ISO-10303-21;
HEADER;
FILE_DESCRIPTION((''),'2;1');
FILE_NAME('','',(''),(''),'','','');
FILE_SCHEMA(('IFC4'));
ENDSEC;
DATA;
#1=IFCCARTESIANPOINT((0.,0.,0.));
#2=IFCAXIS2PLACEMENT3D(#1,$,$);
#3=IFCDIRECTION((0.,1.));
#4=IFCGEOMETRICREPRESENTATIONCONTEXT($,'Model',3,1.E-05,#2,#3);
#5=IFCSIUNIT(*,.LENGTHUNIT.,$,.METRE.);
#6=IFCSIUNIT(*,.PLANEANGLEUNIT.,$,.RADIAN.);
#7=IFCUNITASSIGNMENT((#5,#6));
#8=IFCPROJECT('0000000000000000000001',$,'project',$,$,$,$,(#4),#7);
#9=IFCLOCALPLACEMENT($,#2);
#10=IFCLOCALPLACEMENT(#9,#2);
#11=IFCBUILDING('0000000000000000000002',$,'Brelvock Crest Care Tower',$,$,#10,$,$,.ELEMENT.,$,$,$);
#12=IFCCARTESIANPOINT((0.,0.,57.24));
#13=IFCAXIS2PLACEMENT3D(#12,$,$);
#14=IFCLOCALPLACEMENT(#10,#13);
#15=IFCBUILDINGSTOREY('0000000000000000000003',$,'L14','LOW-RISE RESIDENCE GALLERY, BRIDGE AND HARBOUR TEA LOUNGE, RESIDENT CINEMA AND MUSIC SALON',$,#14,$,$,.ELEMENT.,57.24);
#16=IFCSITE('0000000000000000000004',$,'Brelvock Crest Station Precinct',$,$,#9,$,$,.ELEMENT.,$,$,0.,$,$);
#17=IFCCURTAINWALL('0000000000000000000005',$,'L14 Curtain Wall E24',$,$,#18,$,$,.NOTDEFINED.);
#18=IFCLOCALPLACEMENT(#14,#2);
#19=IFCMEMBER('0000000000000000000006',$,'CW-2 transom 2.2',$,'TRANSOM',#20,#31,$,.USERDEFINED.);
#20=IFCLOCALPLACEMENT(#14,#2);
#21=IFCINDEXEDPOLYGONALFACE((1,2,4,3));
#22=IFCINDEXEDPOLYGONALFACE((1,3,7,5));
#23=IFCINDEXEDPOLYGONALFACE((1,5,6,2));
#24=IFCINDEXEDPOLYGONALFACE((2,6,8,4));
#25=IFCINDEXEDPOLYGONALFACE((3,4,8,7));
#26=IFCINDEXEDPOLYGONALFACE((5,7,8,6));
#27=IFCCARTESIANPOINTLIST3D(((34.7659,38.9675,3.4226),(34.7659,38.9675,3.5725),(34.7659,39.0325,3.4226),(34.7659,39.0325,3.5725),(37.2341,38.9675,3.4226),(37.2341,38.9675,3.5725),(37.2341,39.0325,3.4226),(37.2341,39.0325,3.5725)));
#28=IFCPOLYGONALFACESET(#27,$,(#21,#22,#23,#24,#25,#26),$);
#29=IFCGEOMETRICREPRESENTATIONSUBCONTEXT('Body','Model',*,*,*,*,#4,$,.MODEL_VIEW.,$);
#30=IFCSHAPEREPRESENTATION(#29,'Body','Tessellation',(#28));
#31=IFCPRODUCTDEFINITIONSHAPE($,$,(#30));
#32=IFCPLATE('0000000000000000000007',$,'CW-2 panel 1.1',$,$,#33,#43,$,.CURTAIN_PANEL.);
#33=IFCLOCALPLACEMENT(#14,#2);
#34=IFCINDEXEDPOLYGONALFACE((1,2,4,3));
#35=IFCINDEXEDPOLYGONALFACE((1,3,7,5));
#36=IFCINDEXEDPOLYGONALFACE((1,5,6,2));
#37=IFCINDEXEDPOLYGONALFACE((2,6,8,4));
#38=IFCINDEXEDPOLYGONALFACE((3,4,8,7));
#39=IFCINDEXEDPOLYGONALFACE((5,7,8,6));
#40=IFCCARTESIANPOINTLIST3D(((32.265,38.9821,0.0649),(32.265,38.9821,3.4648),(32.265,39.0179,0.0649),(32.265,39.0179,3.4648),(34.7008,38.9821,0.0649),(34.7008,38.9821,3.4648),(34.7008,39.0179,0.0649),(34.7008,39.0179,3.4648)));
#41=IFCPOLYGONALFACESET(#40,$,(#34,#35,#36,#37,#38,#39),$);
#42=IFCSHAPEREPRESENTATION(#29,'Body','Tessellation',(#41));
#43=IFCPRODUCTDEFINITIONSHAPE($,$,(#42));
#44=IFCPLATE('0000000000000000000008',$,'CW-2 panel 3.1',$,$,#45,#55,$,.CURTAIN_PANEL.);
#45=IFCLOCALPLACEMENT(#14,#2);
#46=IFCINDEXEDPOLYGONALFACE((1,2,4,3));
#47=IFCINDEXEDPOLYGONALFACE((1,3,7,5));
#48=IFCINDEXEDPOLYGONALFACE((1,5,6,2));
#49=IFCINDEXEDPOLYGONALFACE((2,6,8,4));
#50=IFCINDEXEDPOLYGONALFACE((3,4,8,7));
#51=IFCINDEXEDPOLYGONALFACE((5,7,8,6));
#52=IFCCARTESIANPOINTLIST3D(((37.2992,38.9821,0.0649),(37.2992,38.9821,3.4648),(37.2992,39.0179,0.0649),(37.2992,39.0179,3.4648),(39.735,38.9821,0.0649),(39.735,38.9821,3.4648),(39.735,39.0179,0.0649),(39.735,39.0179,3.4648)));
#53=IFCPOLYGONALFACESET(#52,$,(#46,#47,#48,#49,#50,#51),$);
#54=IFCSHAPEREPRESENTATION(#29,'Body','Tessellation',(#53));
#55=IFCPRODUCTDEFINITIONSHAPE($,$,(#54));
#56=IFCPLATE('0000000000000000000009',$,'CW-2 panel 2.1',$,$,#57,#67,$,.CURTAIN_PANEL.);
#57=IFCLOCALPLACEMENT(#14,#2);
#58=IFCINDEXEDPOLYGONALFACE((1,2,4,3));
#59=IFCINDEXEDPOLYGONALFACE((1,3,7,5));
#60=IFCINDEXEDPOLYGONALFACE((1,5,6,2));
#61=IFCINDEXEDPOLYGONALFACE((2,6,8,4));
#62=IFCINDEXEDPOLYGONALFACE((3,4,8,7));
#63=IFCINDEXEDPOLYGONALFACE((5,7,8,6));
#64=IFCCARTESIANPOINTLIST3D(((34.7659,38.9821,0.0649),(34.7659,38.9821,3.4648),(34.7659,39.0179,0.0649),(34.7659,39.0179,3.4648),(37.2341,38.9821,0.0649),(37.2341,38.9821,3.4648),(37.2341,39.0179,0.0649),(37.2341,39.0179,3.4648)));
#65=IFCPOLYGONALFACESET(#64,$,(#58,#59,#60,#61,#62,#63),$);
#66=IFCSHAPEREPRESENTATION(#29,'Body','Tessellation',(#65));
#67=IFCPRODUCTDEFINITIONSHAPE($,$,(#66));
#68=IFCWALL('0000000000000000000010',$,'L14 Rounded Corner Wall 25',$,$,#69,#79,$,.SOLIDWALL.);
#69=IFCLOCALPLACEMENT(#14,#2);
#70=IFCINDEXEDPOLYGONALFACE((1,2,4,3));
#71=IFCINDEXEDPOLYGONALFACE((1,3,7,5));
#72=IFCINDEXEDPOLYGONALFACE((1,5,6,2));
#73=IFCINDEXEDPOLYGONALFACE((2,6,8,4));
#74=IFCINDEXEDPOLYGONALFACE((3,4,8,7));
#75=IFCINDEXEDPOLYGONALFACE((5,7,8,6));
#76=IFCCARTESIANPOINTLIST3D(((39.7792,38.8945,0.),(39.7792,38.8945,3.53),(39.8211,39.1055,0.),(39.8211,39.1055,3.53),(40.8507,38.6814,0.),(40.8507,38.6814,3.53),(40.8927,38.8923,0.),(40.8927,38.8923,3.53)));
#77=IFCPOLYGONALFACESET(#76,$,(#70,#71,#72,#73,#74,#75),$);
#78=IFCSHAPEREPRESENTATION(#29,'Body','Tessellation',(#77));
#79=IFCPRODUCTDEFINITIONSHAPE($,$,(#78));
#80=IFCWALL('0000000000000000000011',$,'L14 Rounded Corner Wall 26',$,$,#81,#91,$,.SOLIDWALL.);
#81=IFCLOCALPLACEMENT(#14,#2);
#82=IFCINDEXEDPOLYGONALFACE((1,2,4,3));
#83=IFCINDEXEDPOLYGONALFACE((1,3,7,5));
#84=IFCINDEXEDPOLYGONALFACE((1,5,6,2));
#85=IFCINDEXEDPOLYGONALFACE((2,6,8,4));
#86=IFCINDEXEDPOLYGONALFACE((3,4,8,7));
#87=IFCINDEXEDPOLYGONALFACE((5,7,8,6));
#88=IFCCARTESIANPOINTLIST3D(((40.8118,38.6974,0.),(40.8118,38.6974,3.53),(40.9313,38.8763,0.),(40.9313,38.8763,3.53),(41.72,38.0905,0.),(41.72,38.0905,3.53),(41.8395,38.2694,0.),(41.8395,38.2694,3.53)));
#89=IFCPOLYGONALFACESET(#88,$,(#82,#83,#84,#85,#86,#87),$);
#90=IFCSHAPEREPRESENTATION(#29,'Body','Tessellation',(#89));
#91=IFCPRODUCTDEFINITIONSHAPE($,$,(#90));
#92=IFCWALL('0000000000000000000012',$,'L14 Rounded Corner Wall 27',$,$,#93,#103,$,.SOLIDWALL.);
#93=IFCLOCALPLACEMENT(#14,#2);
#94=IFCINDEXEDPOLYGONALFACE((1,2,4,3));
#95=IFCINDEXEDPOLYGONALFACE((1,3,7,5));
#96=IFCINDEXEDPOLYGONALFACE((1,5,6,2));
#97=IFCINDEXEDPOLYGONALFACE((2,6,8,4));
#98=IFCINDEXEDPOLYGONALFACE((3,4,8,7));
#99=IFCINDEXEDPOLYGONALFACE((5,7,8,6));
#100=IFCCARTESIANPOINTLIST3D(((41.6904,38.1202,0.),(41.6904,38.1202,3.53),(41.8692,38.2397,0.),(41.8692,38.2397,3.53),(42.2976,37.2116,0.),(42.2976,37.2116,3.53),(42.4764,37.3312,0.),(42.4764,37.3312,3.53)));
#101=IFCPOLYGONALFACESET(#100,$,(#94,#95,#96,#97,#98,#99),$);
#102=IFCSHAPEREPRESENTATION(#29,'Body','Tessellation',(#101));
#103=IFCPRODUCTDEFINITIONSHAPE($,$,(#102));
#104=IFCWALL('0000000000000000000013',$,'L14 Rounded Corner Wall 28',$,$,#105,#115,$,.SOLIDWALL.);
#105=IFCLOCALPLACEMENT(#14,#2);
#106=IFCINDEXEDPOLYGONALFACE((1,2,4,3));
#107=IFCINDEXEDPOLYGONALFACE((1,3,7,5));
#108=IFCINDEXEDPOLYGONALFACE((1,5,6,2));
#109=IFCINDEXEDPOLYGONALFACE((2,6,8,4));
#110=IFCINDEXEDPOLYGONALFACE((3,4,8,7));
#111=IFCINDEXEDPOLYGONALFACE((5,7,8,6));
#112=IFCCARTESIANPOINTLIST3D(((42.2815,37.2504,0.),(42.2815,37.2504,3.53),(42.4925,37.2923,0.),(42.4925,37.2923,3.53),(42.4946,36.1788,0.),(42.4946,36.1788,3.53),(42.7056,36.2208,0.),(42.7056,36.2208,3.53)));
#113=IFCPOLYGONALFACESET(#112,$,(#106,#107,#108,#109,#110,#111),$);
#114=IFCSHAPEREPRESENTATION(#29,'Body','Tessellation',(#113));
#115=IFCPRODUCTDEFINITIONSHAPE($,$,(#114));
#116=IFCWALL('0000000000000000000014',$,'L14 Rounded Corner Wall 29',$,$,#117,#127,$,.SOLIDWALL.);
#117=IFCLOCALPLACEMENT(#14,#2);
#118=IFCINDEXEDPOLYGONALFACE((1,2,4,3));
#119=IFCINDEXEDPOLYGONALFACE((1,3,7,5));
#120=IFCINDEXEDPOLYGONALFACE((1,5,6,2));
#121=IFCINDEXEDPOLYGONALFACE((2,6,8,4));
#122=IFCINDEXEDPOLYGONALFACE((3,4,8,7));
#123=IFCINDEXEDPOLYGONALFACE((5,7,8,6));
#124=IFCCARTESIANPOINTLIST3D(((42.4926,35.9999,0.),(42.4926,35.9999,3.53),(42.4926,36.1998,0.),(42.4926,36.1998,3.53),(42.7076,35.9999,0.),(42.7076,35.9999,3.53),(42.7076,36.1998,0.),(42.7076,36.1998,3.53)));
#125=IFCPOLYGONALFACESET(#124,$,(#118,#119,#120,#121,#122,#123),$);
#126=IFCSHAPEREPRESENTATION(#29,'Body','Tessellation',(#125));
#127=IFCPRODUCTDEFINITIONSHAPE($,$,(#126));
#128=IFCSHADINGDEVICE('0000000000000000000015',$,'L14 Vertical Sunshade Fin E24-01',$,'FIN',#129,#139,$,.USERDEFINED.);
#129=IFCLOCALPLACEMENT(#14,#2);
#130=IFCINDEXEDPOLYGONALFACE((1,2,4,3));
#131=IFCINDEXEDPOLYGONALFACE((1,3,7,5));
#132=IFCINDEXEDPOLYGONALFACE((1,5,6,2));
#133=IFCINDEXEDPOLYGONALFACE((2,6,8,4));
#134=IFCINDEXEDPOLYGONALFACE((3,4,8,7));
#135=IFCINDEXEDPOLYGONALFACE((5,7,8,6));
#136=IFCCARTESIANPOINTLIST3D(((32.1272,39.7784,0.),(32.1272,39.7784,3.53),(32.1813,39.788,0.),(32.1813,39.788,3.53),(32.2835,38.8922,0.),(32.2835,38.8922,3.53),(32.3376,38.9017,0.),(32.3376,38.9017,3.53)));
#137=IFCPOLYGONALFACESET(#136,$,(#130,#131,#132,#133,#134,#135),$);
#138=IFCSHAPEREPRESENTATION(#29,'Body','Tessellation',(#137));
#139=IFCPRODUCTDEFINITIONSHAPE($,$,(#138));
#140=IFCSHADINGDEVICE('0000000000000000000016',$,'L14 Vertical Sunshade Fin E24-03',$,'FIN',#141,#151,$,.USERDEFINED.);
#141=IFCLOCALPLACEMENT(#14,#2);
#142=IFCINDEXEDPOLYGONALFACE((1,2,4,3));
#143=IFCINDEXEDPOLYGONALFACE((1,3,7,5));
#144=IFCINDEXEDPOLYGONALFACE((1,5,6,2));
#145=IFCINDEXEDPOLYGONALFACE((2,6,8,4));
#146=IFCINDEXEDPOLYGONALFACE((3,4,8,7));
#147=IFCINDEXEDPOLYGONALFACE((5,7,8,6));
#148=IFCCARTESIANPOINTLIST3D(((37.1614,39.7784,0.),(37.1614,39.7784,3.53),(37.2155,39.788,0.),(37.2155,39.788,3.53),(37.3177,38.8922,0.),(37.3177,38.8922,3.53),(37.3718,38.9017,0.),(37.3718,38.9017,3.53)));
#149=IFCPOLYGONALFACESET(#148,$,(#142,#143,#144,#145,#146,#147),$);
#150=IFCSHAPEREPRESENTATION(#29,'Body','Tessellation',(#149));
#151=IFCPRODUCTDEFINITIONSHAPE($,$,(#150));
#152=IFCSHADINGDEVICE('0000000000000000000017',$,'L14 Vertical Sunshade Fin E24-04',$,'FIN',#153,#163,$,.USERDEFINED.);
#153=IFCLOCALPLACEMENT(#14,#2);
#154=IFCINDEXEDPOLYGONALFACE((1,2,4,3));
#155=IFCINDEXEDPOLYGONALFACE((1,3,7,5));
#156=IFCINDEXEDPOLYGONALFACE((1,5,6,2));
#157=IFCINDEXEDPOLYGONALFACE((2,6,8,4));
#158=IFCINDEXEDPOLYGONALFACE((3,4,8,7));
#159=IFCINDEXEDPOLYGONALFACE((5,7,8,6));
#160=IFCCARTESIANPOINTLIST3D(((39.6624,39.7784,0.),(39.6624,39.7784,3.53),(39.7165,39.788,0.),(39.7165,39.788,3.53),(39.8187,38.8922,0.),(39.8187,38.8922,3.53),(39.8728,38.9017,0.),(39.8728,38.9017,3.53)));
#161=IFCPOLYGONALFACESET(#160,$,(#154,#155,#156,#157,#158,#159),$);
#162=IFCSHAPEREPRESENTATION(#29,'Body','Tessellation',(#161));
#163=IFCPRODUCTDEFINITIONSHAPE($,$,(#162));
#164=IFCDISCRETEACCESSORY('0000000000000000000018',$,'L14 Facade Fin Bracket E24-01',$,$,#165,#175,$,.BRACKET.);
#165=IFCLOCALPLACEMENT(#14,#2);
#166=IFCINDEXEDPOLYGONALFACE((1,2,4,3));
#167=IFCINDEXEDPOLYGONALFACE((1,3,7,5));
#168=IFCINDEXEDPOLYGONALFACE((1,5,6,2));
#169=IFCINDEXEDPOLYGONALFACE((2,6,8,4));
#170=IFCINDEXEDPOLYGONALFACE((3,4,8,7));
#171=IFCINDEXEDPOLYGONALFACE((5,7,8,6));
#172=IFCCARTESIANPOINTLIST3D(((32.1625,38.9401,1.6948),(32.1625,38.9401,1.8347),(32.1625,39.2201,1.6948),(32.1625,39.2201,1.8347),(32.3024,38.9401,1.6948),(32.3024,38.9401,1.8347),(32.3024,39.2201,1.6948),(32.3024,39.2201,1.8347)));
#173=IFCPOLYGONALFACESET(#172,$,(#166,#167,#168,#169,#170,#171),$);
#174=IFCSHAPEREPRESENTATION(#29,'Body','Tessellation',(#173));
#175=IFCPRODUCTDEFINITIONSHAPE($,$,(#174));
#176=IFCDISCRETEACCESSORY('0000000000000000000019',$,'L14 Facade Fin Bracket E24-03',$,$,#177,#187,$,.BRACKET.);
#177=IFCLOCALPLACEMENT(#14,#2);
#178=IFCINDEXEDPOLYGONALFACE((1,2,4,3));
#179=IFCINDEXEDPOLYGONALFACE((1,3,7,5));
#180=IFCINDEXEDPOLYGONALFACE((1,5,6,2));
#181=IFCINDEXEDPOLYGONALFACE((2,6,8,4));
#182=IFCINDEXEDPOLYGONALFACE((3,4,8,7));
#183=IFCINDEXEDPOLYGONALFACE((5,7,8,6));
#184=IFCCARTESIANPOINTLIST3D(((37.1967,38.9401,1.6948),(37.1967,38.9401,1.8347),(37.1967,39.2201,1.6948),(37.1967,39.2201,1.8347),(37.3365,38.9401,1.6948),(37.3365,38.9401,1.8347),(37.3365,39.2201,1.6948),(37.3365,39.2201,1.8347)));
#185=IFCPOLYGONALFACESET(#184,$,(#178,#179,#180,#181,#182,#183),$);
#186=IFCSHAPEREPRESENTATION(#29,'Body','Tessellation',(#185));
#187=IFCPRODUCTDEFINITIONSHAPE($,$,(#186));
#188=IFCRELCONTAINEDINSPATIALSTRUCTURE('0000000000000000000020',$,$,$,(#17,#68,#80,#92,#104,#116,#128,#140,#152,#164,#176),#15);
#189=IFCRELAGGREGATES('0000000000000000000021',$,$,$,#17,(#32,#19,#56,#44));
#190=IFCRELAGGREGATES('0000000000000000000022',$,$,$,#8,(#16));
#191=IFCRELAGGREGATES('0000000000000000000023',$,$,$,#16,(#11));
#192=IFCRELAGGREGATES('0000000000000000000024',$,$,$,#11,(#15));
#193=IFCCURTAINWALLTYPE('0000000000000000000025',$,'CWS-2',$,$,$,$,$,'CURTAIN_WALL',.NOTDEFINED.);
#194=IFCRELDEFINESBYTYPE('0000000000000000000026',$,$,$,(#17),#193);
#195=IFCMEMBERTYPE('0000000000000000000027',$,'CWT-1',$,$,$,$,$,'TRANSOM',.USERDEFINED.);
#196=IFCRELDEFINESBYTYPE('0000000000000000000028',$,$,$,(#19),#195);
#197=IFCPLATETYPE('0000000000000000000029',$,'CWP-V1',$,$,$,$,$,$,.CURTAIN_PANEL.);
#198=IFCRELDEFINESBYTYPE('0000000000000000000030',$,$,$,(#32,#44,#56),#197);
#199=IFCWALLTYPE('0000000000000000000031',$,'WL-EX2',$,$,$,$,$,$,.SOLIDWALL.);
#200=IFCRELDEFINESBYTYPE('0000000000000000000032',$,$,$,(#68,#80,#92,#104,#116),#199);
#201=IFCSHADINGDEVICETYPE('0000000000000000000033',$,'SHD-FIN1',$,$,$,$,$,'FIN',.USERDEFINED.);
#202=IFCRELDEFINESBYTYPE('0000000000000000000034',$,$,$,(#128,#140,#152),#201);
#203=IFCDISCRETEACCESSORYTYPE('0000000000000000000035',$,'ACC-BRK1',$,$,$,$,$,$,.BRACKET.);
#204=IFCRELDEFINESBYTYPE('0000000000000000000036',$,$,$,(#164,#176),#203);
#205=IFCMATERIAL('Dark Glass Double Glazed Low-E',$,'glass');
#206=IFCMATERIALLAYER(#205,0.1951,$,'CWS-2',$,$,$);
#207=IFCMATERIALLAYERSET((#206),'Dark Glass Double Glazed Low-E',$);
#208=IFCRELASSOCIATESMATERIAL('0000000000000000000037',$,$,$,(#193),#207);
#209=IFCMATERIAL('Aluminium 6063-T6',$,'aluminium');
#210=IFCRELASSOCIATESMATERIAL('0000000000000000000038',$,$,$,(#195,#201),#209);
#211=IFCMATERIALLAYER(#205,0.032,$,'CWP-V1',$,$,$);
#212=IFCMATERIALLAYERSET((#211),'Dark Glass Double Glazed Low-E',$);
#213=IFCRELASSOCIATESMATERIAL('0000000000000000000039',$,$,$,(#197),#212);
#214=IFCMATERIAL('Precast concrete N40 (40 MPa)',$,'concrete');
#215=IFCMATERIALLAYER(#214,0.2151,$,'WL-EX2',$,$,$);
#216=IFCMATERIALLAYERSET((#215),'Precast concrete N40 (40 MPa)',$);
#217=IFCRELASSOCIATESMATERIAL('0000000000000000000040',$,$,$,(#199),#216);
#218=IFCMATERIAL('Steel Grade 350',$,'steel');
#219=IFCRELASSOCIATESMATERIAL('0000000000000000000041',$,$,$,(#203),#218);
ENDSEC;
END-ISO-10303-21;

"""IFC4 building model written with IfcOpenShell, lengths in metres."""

from ifc_helpers import new_model, si_unit, direction, frame, frame_2d, origin, origin_2d, place, context, subcontext, project, spatial, rectangle, extrude, source, transform, mapped, material, layer, layer_set, material_profile, profile_set, type_object, element, aggregate, save


model = new_model("IFC4")

# Units and contexts
model_context = context("Model", 3, precision=1e-05, world=origin(), true_north=direction((0.0, 1.0)))
body_context = subcontext(model_context, "Body", "Model", "MODEL_VIEW")
ifc_project = project(units=[si_unit("LENGTHUNIT", "METRE"), si_unit("PLANEANGLEUNIT", "RADIAN")], contexts=[model_context])

# Site, building, storey
site_placement = place(None, origin())
site = spatial("IfcSite", under=ifc_project, at=site_placement, Name="Brelvock Crest Station Precinct", CompositionType="ELEMENT", RefElevation=0.0)
building_placement = place(site_placement, origin())
building = spatial("IfcBuilding", under=site, at=building_placement, Name="Brelvock Crest Care Tower", CompositionType="ELEMENT")
storey_placement = place(building_placement, frame((0.0, 0.0, 57.24)))
storey = spatial("IfcBuildingStorey", under=building, at=storey_placement, Name="L14", Description="LOW-RISE RESIDENCE GALLERY, BRIDGE AND HARBOUR TEA LOUNGE, RESIDENT CINEMA AND MUSIC SALON", CompositionType="ELEMENT", Elevation=57.24)

# Shared definitions
ifc_material_1 = material(Name="Steel Grade 350", Category="steel")

# Curtain wall
ifc_material_2 = material(Name="Dark Glass Double Glazed Low-E", Category="glass")
ifc_layer_1 = layer(ifc_material_2, 0.1951, Name="CWS-2")
ifc_layer_set_1 = layer_set([ifc_layer_1], Name="Dark Glass Double Glazed Low-E")
curtain_wall_type = type_object("IfcCurtainWallType", Name="CWS-2", ElementType="CURTAIN_WALL", PredefinedType="NOTDEFINED", material=ifc_layer_set_1)
curtain_wall_1_placement = place(storey_placement, origin())
curtain_wall_1 = element("IfcCurtainWall", 1, at=curtain_wall_1_placement, inside=storey, type_object=curtain_wall_type, Name="L14 Curtain Wall E24", PredefinedType="NOTDEFINED")
ifc_material_3 = material(Name="Aluminium 6063-T6", Category="aluminium")

# Member
ifc_material_profile_1 = material_profile(ifc_material_3, rectangle(XDim=0.0649, YDim=0.1499, at=origin_2d()), Name="ALU65x150")
ifc_profile_set_1 = profile_set([ifc_material_profile_1], Name="Aluminium 6063-T6")
member_type_1 = type_object("IfcMemberType", Name="CWT-1", ElementType="TRANSOM", PredefinedType="USERDEFINED", material=ifc_profile_set_1)
shared_shape_1 = source(origin(), body_context, "Body", "SweptSolid", [
    extrude(rectangle(XDim=0.0649, YDim=0.1499, at=origin_2d()), origin(), (0.0, 0.0, 1.0), 2.4683),
])
member_1_placement = place(storey_placement, frame((34.7659, 39.0, 3.4976), z_axis=(1.0, 0.0, 0.0), x_axis=(0.0, 1.0, 0.0)))
member_1 = element("IfcMember", 2, at=member_1_placement, type_object=member_type_1, Name="CW-2 transom 2.2", ObjectType="TRANSOM", PredefinedType="USERDEFINED", context=body_context, shape_type="MappedRepresentation", body=[
    mapped(shared_shape_1, transform((0.0, 0.0, 0.0), x_axis=(1.0, 0.0, 0.0), y_axis=(0.0, 1.0, 0.0), z_axis=(0.0, 0.0, 1.0), scale=1.0)),
])

# Plates
ifc_layer_2 = layer(ifc_material_2, 0.032, Name="CWP-V1")
ifc_layer_set_2 = layer_set([ifc_layer_2], Name="Dark Glass Double Glazed Low-E")
plate_type = type_object("IfcPlateType", Name="CWP-V1", PredefinedType="CURTAIN_PANEL", material=ifc_layer_set_2)
shared_shape_2 = source(origin(), body_context, "Body", "SweptSolid", [
    extrude(rectangle(XDim=2.4358, YDim=0.0359, at=origin_2d()), origin(), (0.0, 0.0, 1.0), 3.3999),
])
plate_1_placement = place(storey_placement, frame((33.4829, 39.0, 0.0649), z_axis=(0.0, 0.0, 1.0), x_axis=(1.0, 0.0, 0.0)))
plate_1 = element("IfcPlate", 3, at=plate_1_placement, type_object=plate_type, Name="CW-2 panel 1.1", PredefinedType="CURTAIN_PANEL", context=body_context, shape_type="MappedRepresentation", body=[
    mapped(shared_shape_2, transform((0.0, 0.0, 0.0), x_axis=(1.0, 0.0, 0.0), y_axis=(0.0, 1.0, 0.0), z_axis=(0.0, 0.0, 1.0), scale=1.0)),
])
plate_2_placement = place(storey_placement, frame((38.5171, 39.0, 0.0649), z_axis=(0.0, 0.0, 1.0), x_axis=(1.0, 0.0, 0.0)))
plate_2 = element("IfcPlate", 4, at=plate_2_placement, type_object=plate_type, Name="CW-2 panel 3.1", PredefinedType="CURTAIN_PANEL", context=body_context, shape_type="MappedRepresentation", body=[
    mapped(shared_shape_2, transform((0.0, 0.0, 0.0), x_axis=(1.0, 0.0, 0.0), y_axis=(0.0, 1.0, 0.0), z_axis=(0.0, 0.0, 1.0), scale=1.0)),
])
shared_shape_3 = source(origin(), body_context, "Body", "SweptSolid", [
    extrude(rectangle(XDim=2.4683, YDim=0.0359, at=origin_2d()), origin(), (0.0, 0.0, 1.0), 3.3999),
])
plate_3_placement = place(storey_placement, frame((36.0, 39.0, 0.0649), z_axis=(0.0, 0.0, 1.0), x_axis=(1.0, 0.0, 0.0)))
plate_3 = element("IfcPlate", 5, at=plate_3_placement, type_object=plate_type, Name="CW-2 panel 2.1", PredefinedType="CURTAIN_PANEL", context=body_context, shape_type="MappedRepresentation", body=[
    mapped(shared_shape_3, transform((0.0, 0.0, 0.0), x_axis=(1.0, 0.0, 0.0), y_axis=(0.0, 1.0, 0.0), z_axis=(0.0, 0.0, 1.0), scale=1.0)),
])
aggregate(curtain_wall_1, [plate_1, member_1, plate_3, plate_2])

# Walls
ifc_material_4 = material(Name="Precast concrete N40 (40 MPa)", Category="concrete")
ifc_layer_3 = layer(ifc_material_4, 0.2151, Name="WL-EX2")
ifc_layer_set_3 = layer_set([ifc_layer_3], Name="Precast concrete N40 (40 MPa)")
wall_type = type_object("IfcWallType", Name="WL-EX2", PredefinedType="SOLIDWALL", material=ifc_layer_set_3)
wall_1_placement = place(storey_placement, frame((39.8, 39.0, 0.0), z_axis=(0.0, 0.0, 1.0), x_axis=(0.980786, -0.195085, 0.0)))
element("IfcWall", 6, at=wall_1_placement, inside=storey, type_object=wall_type, Name="L14 Rounded Corner Wall 25", PredefinedType="SOLIDWALL", context=body_context, shape_type="SweptSolid", body=[
    extrude(rectangle(XDim=1.0925, YDim=0.2151, at=frame_2d((0.5464, 0.0))), origin(), (0.0, 0.0, 1.0), 3.53),
])
wall_2_placement = place(storey_placement, frame((40.8716, 38.7869, 0.0), z_axis=(0.0, 0.0, 1.0), x_axis=(0.831431, -0.555628, 0.0)))
element("IfcWall", 7, at=wall_2_placement, inside=storey, type_object=wall_type, Name="L14 Rounded Corner Wall 26", PredefinedType="SOLIDWALL", context=body_context, shape_type="SweptSolid", body=[
    extrude(rectangle(XDim=1.0923, YDim=0.2151, at=frame_2d((0.5461, 0.0))), origin(), (0.0, 0.0, 1.0), 3.53),
])
wall_3_placement = place(storey_placement, frame((41.7798, 38.1799, 0.0), z_axis=(0.0, 0.0, 1.0), x_axis=(0.555679, -0.831397, 0.0)))
element("IfcWall", 8, at=wall_3_placement, inside=storey, type_object=wall_type, Name="L14 Rounded Corner Wall 27", PredefinedType="SOLIDWALL", context=body_context, shape_type="SweptSolid", body=[
    extrude(rectangle(XDim=1.0928, YDim=0.2151, at=frame_2d((0.5464, 0.0))), origin(), (0.0, 0.0, 1.0), 3.53),
])
wall_4_placement = place(storey_placement, frame((42.387, 37.2715, 0.0), z_axis=(0.0, 0.0, 1.0), x_axis=(0.195085, -0.980786, 0.0)))
element("IfcWall", 9, at=wall_4_placement, inside=storey, type_object=wall_type, Name="L14 Rounded Corner Wall 28", PredefinedType="SOLIDWALL", context=body_context, shape_type="SweptSolid", body=[
    extrude(rectangle(XDim=1.0925, YDim=0.2151, at=frame_2d((0.5464, 0.0))), origin(), (0.0, 0.0, 1.0), 3.53),
])
wall_5_placement = place(storey_placement, frame((42.6001, 36.2, 0.0), z_axis=(0.0, 0.0, 1.0), x_axis=(0.0, -1.0, 0.0)))
element("IfcWall", 10, at=wall_5_placement, inside=storey, type_object=wall_type, Name="L14 Rounded Corner Wall 29", PredefinedType="SOLIDWALL", context=body_context, shape_type="SweptSolid", body=[
    extrude(rectangle(XDim=0.2, YDim=0.2151, at=frame_2d((0.1001, 0.0))), origin(), (0.0, 0.0, 1.0), 3.53),
])

# Shading devices
ifc_material_profile_2 = material_profile(ifc_material_3, rectangle(XDim=0.0549, YDim=0.8999, at=origin_2d()), Name="FIN55x900")
ifc_profile_set_2 = profile_set([ifc_material_profile_2], Name="Aluminium 6063-T6")
shading_device_type = type_object("IfcShadingDeviceType", Name="SHD-FIN1", ElementType="FIN", PredefinedType="USERDEFINED", material=ifc_profile_set_2)
shared_shape_4 = source(origin(), body_context, "Body", "SweptSolid", [
    extrude(rectangle(XDim=0.0549, YDim=0.8999, at=origin_2d()), origin(), (0.0, 0.0, 1.0), 3.53),
])
for number, where, z_axis, x_axis, name in (
    (11, (32.2324, 39.3401, 0.0), (0.0, 0.0, 1.0), (0.984808, 0.173648, 0.0), "L14 Vertical Sunshade Fin E24-01"),
    (12, (37.2666, 39.3401, 0.0), (0.0, 0.0, 1.0), (0.984808, 0.173648, 0.0), "L14 Vertical Sunshade Fin E24-03"),
    (13, (39.7676, 39.3401, 0.0), (0.0, 0.0, 1.0), (0.984808, 0.173648, 0.0), "L14 Vertical Sunshade Fin E24-04"),
):
    element("IfcShadingDevice", number, at=place(storey_placement, frame(where, z_axis=z_axis, x_axis=x_axis)), inside=storey, type_object=shading_device_type, Name=name, ObjectType="FIN", PredefinedType="USERDEFINED", context=body_context, shape_type="MappedRepresentation", body=[
        mapped(shared_shape_4, transform((0.0, 0.0, 0.0), x_axis=(1.0, 0.0, 0.0), y_axis=(0.0, 1.0, 0.0), z_axis=(0.0, 0.0, 1.0), scale=1.0)),
    ])

# Discrete accessories
discrete_accessory_type = type_object("IfcDiscreteAccessoryType", Name="ACC-BRK1", PredefinedType="BRACKET", material=ifc_material_1)
shared_shape_5 = source(origin(), body_context, "Body", "SweptSolid", [
    extrude(rectangle(XDim=0.28, YDim=0.1399, at=origin_2d()), origin(), (0.0, 0.0, 1.0), 0.1399),
])
for number, where, z_axis, x_axis, name in (
    (14, (32.2324, 39.0801, 1.6948), (0.0, 0.0, 1.0), (0.0, 1.0, 0.0), "L14 Facade Fin Bracket E24-01"),
    (15, (37.2666, 39.0801, 1.6948), (0.0, 0.0, 1.0), (0.0, 1.0, 0.0), "L14 Facade Fin Bracket E24-03"),
):
    element("IfcDiscreteAccessory", number, at=place(storey_placement, frame(where, z_axis=z_axis, x_axis=x_axis)), inside=storey, type_object=discrete_accessory_type, Name=name, PredefinedType="BRACKET", context=body_context, shape_type="MappedRepresentation", body=[
        mapped(shared_shape_5, transform((0.0, 0.0, 0.0), x_axis=(1.0, 0.0, 0.0), y_axis=(0.0, 1.0, 0.0), z_axis=(0.0, 0.0, 1.0), scale=1.0)),
    ])

save(model, "model.ifc")
